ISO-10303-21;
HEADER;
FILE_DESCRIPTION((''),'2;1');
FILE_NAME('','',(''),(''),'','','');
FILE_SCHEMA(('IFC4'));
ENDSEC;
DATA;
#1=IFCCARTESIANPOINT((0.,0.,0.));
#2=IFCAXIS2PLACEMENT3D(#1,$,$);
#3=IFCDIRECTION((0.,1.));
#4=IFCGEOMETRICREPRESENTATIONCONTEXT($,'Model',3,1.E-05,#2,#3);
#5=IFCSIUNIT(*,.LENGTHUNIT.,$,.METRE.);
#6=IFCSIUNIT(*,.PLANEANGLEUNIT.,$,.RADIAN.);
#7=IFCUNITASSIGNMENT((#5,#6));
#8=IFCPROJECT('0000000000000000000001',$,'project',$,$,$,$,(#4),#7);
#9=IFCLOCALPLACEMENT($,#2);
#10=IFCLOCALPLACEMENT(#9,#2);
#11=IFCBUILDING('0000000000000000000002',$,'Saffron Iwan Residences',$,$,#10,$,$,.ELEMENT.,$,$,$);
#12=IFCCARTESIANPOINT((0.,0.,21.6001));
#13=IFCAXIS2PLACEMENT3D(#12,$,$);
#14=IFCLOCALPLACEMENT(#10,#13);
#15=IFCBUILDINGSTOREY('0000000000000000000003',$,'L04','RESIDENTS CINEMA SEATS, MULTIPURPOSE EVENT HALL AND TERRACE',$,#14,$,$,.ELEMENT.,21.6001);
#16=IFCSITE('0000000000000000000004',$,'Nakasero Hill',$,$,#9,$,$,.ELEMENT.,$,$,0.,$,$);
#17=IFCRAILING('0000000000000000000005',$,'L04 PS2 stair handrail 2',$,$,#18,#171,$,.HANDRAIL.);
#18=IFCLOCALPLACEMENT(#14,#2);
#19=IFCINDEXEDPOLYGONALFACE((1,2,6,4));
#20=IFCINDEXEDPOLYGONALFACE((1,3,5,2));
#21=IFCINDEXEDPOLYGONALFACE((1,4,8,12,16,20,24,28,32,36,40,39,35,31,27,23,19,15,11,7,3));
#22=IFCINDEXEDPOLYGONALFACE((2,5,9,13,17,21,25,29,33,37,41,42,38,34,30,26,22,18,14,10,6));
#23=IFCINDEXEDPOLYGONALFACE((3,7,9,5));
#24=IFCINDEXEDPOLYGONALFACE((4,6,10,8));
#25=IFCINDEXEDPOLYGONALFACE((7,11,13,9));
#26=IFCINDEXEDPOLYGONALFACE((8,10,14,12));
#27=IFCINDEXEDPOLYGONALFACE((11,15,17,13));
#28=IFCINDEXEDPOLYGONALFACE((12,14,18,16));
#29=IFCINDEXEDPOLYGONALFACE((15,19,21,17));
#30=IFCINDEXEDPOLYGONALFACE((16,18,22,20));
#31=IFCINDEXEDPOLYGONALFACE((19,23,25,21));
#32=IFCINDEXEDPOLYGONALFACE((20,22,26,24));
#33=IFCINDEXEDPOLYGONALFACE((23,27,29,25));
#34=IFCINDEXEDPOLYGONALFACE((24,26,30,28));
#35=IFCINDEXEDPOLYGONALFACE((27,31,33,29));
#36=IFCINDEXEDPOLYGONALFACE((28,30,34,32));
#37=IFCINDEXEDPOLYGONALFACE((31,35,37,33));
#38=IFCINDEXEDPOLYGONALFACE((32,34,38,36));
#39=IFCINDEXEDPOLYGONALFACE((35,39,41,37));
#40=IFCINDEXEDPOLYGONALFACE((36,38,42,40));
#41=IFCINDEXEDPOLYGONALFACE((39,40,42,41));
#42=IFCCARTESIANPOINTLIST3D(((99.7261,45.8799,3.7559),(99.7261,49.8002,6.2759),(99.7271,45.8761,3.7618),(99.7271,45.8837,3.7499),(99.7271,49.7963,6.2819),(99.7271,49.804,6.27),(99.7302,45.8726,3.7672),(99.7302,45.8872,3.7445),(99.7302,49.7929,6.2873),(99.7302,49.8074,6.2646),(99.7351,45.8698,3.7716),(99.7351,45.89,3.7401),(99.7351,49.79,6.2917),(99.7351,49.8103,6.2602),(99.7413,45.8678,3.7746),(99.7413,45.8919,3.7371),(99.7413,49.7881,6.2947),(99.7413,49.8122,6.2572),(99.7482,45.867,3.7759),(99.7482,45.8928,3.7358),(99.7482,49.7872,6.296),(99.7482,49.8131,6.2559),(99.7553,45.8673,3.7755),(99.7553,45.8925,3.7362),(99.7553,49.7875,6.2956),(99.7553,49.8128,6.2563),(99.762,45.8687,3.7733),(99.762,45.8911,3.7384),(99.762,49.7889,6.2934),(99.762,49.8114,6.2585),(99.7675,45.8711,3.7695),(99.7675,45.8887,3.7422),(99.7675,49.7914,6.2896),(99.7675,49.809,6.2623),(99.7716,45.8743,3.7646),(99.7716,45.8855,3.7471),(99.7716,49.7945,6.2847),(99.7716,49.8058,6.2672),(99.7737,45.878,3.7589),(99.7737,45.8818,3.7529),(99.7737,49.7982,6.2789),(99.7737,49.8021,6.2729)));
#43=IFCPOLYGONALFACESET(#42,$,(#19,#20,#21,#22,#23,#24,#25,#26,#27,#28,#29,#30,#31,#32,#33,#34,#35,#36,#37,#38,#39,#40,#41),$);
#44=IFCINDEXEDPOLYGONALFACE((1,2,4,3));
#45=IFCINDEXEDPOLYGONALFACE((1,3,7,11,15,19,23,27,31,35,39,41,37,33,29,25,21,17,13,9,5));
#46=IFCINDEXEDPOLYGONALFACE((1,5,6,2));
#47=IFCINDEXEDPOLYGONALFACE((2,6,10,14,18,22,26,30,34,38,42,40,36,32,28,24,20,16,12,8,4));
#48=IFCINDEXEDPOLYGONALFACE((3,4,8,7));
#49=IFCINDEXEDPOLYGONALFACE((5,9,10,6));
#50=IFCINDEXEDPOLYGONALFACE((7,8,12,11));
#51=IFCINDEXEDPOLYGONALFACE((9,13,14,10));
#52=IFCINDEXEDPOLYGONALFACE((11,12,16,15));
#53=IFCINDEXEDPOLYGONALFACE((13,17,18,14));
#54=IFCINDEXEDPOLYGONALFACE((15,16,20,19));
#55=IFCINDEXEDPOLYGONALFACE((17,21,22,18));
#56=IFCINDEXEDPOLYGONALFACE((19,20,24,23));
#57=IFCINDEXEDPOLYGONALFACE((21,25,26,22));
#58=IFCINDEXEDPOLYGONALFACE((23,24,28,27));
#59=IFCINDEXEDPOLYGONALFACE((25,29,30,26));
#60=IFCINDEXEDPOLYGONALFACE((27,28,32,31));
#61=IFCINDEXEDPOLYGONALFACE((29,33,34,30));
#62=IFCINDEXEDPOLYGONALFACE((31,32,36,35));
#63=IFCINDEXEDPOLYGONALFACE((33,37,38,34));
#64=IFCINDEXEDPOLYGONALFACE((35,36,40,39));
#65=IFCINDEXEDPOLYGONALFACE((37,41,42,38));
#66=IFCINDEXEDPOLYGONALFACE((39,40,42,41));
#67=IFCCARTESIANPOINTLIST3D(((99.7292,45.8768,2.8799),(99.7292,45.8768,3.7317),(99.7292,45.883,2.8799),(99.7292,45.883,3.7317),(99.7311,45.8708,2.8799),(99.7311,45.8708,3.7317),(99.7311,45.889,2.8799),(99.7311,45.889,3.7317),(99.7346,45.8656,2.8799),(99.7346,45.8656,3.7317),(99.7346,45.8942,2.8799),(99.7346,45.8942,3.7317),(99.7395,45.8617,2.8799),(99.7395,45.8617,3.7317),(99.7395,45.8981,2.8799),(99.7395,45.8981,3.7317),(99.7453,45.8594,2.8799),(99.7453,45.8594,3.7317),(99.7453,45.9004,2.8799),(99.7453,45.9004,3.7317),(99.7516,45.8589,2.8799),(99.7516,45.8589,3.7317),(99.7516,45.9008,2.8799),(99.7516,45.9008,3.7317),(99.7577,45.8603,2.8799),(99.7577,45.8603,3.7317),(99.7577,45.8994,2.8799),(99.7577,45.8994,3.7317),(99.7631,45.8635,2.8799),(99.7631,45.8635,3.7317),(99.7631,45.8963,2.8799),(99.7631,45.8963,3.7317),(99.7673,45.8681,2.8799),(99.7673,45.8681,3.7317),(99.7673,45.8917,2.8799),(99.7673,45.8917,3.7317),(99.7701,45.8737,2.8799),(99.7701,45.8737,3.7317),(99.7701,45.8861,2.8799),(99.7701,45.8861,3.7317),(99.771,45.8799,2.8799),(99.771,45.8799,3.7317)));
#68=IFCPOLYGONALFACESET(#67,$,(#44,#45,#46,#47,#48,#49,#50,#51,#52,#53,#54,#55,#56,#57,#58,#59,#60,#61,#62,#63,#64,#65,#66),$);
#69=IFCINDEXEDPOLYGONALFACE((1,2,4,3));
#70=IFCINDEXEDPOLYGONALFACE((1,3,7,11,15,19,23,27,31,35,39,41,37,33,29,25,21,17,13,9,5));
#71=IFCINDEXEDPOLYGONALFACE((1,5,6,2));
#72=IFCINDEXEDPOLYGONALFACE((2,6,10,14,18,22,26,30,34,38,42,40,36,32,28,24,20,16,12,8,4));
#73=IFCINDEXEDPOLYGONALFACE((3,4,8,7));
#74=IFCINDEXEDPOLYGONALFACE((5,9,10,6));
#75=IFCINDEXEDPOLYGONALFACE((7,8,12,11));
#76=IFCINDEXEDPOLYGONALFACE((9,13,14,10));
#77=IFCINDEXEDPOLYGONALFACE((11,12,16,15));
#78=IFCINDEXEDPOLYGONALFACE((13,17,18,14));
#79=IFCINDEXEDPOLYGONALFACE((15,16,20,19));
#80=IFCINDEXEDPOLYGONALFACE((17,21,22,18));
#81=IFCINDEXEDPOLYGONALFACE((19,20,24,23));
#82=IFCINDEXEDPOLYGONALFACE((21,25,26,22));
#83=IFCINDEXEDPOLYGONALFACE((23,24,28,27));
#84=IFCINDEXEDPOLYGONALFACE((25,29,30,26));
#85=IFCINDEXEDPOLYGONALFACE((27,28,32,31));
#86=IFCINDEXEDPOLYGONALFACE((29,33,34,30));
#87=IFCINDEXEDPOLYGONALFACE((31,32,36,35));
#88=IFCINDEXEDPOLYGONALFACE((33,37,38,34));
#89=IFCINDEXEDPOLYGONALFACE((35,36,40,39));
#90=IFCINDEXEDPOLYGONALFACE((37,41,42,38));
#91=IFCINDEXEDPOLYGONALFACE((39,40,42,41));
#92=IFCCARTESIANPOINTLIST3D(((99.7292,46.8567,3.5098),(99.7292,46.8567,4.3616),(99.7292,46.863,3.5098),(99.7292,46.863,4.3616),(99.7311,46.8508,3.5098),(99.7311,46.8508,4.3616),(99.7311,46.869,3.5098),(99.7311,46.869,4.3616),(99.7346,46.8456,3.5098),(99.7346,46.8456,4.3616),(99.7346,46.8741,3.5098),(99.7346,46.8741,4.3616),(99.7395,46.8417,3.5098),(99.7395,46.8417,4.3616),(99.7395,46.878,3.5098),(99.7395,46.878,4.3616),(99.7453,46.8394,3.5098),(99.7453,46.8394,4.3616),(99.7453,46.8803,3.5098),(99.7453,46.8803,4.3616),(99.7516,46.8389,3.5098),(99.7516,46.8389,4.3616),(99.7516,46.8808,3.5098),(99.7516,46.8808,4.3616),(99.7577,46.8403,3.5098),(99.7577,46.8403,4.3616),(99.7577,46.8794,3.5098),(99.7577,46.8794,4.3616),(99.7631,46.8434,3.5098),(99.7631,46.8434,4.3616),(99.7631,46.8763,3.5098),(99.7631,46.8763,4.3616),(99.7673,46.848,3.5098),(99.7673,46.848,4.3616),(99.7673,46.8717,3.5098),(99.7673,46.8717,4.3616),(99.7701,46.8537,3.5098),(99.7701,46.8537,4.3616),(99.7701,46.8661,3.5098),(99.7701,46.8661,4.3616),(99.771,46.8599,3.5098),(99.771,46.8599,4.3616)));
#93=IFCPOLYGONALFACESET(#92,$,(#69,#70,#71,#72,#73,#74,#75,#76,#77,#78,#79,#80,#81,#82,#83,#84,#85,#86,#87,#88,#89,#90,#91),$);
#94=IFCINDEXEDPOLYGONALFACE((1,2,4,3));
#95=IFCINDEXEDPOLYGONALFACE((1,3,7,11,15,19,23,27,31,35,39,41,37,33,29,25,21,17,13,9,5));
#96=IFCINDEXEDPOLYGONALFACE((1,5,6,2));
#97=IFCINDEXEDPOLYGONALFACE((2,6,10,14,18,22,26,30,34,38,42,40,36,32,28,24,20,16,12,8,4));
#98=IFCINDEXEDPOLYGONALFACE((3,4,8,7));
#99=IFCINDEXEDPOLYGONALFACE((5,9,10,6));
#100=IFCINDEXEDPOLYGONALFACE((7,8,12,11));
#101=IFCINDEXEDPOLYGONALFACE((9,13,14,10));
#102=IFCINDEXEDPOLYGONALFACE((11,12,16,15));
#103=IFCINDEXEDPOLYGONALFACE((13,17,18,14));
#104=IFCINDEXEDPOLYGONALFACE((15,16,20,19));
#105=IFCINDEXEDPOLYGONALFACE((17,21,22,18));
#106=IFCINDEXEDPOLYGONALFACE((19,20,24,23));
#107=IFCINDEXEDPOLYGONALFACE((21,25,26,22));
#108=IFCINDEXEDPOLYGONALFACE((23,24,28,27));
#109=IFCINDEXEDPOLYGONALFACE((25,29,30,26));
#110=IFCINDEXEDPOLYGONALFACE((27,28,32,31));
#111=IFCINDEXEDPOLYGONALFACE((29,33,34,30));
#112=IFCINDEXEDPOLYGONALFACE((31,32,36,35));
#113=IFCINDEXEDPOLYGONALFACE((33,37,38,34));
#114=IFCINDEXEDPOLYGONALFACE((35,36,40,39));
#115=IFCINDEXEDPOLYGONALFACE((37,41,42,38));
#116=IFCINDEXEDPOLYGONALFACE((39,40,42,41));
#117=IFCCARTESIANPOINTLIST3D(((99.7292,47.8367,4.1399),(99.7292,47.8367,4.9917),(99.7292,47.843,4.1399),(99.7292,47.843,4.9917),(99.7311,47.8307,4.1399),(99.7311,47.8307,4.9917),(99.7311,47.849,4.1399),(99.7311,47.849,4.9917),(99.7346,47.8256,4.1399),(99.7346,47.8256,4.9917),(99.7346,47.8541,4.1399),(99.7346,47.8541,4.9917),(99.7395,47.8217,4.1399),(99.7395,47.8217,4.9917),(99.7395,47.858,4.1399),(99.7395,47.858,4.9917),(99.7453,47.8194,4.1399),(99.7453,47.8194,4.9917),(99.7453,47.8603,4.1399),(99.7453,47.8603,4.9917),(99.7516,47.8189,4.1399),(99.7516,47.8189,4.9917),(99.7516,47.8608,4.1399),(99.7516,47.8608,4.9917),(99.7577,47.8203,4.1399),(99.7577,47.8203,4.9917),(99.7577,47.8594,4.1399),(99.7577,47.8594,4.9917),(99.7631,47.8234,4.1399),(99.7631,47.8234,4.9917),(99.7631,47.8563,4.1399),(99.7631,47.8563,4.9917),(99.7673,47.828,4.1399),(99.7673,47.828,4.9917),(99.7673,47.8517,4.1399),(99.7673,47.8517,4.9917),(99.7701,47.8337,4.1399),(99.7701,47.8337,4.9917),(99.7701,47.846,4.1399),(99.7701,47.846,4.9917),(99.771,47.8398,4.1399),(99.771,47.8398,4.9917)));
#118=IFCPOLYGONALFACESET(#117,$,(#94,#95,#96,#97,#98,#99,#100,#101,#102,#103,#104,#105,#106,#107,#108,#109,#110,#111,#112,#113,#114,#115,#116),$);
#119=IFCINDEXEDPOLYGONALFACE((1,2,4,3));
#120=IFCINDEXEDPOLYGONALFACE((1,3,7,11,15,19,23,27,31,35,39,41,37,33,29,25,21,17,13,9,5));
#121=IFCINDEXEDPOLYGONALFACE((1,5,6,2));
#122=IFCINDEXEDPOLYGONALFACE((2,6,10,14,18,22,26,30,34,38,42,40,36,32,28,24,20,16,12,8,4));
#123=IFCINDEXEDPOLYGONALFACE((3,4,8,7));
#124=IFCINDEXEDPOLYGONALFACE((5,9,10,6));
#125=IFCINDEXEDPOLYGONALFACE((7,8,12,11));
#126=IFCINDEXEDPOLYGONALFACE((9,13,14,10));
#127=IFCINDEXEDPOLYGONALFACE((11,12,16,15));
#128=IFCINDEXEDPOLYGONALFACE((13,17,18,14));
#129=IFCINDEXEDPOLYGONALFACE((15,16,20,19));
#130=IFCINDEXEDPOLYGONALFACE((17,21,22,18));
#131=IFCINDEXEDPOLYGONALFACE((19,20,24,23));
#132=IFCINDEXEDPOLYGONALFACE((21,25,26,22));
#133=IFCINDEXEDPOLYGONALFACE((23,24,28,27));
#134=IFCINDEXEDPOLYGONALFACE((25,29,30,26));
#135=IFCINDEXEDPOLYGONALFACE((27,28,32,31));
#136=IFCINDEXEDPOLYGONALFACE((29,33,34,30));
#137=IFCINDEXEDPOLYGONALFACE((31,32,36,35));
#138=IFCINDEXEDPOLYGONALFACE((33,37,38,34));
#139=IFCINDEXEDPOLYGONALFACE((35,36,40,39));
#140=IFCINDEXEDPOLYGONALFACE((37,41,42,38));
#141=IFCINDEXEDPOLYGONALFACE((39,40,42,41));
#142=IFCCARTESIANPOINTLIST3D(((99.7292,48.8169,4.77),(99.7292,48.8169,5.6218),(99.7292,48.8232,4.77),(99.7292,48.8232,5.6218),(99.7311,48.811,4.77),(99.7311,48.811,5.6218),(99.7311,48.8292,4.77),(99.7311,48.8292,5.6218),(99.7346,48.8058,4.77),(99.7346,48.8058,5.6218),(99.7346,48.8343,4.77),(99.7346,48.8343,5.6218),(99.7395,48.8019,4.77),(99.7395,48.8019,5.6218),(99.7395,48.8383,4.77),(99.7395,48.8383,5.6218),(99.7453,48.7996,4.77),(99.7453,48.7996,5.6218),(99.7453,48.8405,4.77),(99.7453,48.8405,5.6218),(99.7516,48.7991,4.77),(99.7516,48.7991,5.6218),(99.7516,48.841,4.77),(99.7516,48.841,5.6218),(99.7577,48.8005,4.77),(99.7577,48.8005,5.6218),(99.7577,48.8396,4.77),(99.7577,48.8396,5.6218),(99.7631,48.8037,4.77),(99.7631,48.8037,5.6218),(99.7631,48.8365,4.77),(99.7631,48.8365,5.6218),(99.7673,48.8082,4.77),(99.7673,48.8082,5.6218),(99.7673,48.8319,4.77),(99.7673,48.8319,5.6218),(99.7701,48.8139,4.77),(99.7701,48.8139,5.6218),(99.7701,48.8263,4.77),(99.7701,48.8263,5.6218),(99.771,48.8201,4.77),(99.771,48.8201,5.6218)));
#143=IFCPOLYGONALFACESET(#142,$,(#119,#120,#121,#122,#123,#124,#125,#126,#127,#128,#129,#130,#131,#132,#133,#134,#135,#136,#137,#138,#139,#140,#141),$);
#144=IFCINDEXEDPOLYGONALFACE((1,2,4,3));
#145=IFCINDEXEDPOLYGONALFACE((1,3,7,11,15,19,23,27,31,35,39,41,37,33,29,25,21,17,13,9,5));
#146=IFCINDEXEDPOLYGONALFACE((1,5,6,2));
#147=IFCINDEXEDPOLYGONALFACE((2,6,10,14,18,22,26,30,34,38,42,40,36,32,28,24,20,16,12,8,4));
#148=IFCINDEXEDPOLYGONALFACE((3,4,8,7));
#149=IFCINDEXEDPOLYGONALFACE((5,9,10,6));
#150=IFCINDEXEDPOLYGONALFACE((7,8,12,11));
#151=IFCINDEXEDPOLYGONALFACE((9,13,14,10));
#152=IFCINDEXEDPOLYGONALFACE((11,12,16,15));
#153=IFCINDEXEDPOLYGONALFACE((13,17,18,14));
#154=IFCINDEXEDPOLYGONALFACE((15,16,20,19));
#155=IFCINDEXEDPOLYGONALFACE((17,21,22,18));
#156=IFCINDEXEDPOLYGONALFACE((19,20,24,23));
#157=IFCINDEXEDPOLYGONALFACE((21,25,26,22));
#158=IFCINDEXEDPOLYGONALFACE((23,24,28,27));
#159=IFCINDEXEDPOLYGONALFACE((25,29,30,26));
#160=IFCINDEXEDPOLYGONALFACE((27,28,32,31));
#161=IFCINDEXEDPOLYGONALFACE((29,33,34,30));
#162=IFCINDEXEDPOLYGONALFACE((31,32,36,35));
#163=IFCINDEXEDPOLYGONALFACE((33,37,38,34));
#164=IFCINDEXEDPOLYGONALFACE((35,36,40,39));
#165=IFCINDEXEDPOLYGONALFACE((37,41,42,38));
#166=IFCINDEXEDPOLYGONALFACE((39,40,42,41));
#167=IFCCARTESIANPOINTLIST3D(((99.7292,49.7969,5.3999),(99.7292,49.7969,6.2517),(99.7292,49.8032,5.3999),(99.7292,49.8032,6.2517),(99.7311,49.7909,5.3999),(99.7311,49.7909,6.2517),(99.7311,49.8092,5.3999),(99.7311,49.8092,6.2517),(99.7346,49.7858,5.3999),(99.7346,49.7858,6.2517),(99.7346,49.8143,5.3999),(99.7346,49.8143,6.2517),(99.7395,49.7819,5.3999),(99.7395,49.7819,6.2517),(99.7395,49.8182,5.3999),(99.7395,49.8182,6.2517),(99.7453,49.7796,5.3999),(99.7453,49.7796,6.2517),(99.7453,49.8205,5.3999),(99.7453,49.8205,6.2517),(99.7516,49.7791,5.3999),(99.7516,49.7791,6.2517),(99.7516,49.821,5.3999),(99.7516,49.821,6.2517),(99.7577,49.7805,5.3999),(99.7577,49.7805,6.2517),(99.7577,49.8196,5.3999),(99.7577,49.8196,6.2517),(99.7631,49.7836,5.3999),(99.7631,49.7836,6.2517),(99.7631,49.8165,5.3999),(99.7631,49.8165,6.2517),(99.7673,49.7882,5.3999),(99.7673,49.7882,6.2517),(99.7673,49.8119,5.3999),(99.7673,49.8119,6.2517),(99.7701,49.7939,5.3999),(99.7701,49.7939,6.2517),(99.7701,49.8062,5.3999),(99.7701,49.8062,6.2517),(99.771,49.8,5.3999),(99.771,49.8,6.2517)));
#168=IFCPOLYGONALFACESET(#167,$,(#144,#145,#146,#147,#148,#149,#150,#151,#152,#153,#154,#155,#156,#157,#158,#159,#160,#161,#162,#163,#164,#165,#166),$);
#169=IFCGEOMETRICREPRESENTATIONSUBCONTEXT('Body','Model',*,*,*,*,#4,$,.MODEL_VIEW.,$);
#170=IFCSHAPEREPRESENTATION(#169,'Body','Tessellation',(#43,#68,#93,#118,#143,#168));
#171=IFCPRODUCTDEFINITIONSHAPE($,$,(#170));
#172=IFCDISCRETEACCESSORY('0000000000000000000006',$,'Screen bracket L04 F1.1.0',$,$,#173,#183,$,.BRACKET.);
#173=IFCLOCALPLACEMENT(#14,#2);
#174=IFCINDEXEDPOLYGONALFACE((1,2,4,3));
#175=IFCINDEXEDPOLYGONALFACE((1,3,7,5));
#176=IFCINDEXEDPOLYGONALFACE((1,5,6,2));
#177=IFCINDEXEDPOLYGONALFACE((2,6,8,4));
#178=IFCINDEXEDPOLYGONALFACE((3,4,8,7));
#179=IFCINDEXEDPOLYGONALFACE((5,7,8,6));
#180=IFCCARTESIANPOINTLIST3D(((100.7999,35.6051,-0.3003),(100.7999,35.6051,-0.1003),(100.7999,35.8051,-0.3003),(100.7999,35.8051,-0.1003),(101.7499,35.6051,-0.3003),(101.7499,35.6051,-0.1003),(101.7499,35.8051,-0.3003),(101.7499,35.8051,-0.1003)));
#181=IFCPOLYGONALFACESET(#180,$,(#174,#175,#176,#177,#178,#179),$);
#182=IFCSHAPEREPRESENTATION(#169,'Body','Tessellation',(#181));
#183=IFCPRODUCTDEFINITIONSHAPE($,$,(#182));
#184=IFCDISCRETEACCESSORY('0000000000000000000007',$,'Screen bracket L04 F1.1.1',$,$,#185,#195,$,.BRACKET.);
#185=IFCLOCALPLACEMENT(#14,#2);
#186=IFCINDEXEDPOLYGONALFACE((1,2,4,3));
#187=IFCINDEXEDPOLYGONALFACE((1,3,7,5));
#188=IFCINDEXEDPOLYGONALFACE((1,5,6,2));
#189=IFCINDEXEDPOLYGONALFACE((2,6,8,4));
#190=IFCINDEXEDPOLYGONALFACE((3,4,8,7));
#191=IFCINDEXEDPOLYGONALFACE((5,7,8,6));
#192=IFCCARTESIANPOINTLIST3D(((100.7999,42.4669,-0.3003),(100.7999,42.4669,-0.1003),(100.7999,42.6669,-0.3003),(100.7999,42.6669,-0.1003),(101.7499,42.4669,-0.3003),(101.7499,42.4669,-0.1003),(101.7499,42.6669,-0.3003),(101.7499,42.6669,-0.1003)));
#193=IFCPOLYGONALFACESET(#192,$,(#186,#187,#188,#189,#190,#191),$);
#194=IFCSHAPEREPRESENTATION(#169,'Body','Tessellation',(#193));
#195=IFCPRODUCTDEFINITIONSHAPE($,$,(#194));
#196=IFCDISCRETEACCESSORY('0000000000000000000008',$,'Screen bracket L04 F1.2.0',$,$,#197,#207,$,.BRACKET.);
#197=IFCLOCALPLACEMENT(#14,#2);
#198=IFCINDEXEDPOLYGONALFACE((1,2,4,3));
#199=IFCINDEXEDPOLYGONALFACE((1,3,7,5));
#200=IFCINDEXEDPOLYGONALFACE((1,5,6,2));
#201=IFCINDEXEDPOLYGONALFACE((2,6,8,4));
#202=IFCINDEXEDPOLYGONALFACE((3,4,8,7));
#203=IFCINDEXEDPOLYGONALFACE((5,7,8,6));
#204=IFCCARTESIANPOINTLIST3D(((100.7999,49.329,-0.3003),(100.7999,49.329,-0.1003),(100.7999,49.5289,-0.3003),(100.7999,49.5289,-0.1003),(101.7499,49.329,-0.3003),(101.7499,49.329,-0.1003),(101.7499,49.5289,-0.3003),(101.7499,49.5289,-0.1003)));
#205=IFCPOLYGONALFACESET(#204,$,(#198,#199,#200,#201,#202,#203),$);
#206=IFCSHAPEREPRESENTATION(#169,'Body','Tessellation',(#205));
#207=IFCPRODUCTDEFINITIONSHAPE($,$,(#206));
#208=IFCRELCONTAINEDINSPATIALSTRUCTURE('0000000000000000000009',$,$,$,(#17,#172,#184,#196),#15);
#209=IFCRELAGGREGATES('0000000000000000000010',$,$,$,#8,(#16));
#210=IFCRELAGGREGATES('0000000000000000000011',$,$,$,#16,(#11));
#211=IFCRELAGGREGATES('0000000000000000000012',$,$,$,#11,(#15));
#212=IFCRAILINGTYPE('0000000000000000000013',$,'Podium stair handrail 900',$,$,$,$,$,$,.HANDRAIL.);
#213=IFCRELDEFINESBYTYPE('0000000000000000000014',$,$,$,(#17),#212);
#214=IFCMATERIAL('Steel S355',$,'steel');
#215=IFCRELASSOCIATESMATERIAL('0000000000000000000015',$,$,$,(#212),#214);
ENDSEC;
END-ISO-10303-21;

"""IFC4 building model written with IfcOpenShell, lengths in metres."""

from ifc_helpers import new_model, si_unit, direction, frame, origin, origin_2d, place, context, subcontext, project, spatial, rectangle, circle, extrude, source, transform, mapped, material, type_object, element, save


model = new_model("IFC4")

# Units and contexts
model_context = context("Model", 3, precision=1e-05, world=origin(), true_north=direction((0.0, 1.0)))
body_context = subcontext(model_context, "Body", "Model", "MODEL_VIEW")
ifc_project = project(units=[si_unit("LENGTHUNIT", "METRE"), si_unit("PLANEANGLEUNIT", "RADIAN")], contexts=[model_context])

# Site, building, storey
site_placement = place(None, origin())
site = spatial("IfcSite", under=ifc_project, at=site_placement, Name="Nakasero Hill", CompositionType="ELEMENT", RefElevation=0.0)
building_placement = place(site_placement, origin())
building = spatial("IfcBuilding", under=site, at=building_placement, Name="Saffron Iwan Residences", CompositionType="ELEMENT")
storey_placement = place(building_placement, frame((0.0, 0.0, 21.6001)))
storey = spatial("IfcBuildingStorey", under=building, at=storey_placement, Name="L04", Description="RESIDENTS CINEMA SEATS, MULTIPURPOSE EVENT HALL AND TERRACE", CompositionType="ELEMENT", Elevation=21.6001)

# Railing
ifc_material_1 = material(Name="Steel S355", Category="steel")
railing_type_1 = type_object("IfcRailingType", Name="Podium stair handrail 900", PredefinedType="HANDRAIL", material=ifc_material_1)
railing_1_placement = place(storey_placement, frame((99.75, 45.8799, 2.8799)))
element("IfcRailing", 1, at=railing_1_placement, inside=storey, type_object=railing_type_1, Name="L04 PS2 stair handrail 2", PredefinedType="HANDRAIL", context=body_context, shape_type="SweptSolid", body=[
    extrude(circle(Radius=0.0239, at=origin_2d()), frame((0.0, 0.0, 0.876), z_axis=(0.0, 0.841187, 0.540744), x_axis=(-1.0, 0.0, 0.0)), (0.0, 0.0, 1.0), 4.6604),
    extrude(circle(Radius=0.021, at=origin_2d()), origin(), (0.0, 0.0, 1.0), 0.8518),
    extrude(circle(Radius=0.021, at=origin_2d()), frame((0.0, 0.98, 0.6299)), (0.0, 0.0, 1.0), 0.8518),
    extrude(circle(Radius=0.021, at=origin_2d()), frame((0.0, 1.96, 1.26)), (0.0, 0.0, 1.0), 0.8518),
    extrude(circle(Radius=0.021, at=origin_2d()), frame((0.0, 2.9402, 1.8901)), (0.0, 0.0, 1.0), 0.8518),
    extrude(circle(Radius=0.021, at=origin_2d()), frame((0.0, 3.9202, 2.52)), (0.0, 0.0, 1.0), 0.8518),
])

# Discrete accessories
shared_shape_1 = source(origin(), body_context, "Body", "SweptSolid", [
    extrude(rectangle(XDim=0.95, YDim=0.2, at=origin_2d()), origin(), (0.0, 0.0, 1.0), 0.2),
])
for number, where, z_axis, x_axis, name in (
    (2, (101.2749, 35.7051, -0.3003), (0.0, 0.0, 1.0), (1.0, 0.0, 0.0), "Screen bracket L04 F1.1.0"),
    (3, (101.2749, 42.5669, -0.3003), (0.0, 0.0, 1.0), (1.0, 0.0, 0.0), "Screen bracket L04 F1.1.1"),
    (4, (101.2749, 49.429, -0.3003), (0.0, 0.0, 1.0), (1.0, 0.0, 0.0), "Screen bracket L04 F1.2.0"),
):
    element("IfcDiscreteAccessory", number, at=place(storey_placement, frame(where, z_axis=z_axis, x_axis=x_axis)), inside=storey, Name=name, PredefinedType="BRACKET", context=body_context, shape_type="MappedRepresentation", body=[
        mapped(shared_shape_1, transform((0.0, 0.0, 0.0))),
    ])

save(model, "model.ifc")
